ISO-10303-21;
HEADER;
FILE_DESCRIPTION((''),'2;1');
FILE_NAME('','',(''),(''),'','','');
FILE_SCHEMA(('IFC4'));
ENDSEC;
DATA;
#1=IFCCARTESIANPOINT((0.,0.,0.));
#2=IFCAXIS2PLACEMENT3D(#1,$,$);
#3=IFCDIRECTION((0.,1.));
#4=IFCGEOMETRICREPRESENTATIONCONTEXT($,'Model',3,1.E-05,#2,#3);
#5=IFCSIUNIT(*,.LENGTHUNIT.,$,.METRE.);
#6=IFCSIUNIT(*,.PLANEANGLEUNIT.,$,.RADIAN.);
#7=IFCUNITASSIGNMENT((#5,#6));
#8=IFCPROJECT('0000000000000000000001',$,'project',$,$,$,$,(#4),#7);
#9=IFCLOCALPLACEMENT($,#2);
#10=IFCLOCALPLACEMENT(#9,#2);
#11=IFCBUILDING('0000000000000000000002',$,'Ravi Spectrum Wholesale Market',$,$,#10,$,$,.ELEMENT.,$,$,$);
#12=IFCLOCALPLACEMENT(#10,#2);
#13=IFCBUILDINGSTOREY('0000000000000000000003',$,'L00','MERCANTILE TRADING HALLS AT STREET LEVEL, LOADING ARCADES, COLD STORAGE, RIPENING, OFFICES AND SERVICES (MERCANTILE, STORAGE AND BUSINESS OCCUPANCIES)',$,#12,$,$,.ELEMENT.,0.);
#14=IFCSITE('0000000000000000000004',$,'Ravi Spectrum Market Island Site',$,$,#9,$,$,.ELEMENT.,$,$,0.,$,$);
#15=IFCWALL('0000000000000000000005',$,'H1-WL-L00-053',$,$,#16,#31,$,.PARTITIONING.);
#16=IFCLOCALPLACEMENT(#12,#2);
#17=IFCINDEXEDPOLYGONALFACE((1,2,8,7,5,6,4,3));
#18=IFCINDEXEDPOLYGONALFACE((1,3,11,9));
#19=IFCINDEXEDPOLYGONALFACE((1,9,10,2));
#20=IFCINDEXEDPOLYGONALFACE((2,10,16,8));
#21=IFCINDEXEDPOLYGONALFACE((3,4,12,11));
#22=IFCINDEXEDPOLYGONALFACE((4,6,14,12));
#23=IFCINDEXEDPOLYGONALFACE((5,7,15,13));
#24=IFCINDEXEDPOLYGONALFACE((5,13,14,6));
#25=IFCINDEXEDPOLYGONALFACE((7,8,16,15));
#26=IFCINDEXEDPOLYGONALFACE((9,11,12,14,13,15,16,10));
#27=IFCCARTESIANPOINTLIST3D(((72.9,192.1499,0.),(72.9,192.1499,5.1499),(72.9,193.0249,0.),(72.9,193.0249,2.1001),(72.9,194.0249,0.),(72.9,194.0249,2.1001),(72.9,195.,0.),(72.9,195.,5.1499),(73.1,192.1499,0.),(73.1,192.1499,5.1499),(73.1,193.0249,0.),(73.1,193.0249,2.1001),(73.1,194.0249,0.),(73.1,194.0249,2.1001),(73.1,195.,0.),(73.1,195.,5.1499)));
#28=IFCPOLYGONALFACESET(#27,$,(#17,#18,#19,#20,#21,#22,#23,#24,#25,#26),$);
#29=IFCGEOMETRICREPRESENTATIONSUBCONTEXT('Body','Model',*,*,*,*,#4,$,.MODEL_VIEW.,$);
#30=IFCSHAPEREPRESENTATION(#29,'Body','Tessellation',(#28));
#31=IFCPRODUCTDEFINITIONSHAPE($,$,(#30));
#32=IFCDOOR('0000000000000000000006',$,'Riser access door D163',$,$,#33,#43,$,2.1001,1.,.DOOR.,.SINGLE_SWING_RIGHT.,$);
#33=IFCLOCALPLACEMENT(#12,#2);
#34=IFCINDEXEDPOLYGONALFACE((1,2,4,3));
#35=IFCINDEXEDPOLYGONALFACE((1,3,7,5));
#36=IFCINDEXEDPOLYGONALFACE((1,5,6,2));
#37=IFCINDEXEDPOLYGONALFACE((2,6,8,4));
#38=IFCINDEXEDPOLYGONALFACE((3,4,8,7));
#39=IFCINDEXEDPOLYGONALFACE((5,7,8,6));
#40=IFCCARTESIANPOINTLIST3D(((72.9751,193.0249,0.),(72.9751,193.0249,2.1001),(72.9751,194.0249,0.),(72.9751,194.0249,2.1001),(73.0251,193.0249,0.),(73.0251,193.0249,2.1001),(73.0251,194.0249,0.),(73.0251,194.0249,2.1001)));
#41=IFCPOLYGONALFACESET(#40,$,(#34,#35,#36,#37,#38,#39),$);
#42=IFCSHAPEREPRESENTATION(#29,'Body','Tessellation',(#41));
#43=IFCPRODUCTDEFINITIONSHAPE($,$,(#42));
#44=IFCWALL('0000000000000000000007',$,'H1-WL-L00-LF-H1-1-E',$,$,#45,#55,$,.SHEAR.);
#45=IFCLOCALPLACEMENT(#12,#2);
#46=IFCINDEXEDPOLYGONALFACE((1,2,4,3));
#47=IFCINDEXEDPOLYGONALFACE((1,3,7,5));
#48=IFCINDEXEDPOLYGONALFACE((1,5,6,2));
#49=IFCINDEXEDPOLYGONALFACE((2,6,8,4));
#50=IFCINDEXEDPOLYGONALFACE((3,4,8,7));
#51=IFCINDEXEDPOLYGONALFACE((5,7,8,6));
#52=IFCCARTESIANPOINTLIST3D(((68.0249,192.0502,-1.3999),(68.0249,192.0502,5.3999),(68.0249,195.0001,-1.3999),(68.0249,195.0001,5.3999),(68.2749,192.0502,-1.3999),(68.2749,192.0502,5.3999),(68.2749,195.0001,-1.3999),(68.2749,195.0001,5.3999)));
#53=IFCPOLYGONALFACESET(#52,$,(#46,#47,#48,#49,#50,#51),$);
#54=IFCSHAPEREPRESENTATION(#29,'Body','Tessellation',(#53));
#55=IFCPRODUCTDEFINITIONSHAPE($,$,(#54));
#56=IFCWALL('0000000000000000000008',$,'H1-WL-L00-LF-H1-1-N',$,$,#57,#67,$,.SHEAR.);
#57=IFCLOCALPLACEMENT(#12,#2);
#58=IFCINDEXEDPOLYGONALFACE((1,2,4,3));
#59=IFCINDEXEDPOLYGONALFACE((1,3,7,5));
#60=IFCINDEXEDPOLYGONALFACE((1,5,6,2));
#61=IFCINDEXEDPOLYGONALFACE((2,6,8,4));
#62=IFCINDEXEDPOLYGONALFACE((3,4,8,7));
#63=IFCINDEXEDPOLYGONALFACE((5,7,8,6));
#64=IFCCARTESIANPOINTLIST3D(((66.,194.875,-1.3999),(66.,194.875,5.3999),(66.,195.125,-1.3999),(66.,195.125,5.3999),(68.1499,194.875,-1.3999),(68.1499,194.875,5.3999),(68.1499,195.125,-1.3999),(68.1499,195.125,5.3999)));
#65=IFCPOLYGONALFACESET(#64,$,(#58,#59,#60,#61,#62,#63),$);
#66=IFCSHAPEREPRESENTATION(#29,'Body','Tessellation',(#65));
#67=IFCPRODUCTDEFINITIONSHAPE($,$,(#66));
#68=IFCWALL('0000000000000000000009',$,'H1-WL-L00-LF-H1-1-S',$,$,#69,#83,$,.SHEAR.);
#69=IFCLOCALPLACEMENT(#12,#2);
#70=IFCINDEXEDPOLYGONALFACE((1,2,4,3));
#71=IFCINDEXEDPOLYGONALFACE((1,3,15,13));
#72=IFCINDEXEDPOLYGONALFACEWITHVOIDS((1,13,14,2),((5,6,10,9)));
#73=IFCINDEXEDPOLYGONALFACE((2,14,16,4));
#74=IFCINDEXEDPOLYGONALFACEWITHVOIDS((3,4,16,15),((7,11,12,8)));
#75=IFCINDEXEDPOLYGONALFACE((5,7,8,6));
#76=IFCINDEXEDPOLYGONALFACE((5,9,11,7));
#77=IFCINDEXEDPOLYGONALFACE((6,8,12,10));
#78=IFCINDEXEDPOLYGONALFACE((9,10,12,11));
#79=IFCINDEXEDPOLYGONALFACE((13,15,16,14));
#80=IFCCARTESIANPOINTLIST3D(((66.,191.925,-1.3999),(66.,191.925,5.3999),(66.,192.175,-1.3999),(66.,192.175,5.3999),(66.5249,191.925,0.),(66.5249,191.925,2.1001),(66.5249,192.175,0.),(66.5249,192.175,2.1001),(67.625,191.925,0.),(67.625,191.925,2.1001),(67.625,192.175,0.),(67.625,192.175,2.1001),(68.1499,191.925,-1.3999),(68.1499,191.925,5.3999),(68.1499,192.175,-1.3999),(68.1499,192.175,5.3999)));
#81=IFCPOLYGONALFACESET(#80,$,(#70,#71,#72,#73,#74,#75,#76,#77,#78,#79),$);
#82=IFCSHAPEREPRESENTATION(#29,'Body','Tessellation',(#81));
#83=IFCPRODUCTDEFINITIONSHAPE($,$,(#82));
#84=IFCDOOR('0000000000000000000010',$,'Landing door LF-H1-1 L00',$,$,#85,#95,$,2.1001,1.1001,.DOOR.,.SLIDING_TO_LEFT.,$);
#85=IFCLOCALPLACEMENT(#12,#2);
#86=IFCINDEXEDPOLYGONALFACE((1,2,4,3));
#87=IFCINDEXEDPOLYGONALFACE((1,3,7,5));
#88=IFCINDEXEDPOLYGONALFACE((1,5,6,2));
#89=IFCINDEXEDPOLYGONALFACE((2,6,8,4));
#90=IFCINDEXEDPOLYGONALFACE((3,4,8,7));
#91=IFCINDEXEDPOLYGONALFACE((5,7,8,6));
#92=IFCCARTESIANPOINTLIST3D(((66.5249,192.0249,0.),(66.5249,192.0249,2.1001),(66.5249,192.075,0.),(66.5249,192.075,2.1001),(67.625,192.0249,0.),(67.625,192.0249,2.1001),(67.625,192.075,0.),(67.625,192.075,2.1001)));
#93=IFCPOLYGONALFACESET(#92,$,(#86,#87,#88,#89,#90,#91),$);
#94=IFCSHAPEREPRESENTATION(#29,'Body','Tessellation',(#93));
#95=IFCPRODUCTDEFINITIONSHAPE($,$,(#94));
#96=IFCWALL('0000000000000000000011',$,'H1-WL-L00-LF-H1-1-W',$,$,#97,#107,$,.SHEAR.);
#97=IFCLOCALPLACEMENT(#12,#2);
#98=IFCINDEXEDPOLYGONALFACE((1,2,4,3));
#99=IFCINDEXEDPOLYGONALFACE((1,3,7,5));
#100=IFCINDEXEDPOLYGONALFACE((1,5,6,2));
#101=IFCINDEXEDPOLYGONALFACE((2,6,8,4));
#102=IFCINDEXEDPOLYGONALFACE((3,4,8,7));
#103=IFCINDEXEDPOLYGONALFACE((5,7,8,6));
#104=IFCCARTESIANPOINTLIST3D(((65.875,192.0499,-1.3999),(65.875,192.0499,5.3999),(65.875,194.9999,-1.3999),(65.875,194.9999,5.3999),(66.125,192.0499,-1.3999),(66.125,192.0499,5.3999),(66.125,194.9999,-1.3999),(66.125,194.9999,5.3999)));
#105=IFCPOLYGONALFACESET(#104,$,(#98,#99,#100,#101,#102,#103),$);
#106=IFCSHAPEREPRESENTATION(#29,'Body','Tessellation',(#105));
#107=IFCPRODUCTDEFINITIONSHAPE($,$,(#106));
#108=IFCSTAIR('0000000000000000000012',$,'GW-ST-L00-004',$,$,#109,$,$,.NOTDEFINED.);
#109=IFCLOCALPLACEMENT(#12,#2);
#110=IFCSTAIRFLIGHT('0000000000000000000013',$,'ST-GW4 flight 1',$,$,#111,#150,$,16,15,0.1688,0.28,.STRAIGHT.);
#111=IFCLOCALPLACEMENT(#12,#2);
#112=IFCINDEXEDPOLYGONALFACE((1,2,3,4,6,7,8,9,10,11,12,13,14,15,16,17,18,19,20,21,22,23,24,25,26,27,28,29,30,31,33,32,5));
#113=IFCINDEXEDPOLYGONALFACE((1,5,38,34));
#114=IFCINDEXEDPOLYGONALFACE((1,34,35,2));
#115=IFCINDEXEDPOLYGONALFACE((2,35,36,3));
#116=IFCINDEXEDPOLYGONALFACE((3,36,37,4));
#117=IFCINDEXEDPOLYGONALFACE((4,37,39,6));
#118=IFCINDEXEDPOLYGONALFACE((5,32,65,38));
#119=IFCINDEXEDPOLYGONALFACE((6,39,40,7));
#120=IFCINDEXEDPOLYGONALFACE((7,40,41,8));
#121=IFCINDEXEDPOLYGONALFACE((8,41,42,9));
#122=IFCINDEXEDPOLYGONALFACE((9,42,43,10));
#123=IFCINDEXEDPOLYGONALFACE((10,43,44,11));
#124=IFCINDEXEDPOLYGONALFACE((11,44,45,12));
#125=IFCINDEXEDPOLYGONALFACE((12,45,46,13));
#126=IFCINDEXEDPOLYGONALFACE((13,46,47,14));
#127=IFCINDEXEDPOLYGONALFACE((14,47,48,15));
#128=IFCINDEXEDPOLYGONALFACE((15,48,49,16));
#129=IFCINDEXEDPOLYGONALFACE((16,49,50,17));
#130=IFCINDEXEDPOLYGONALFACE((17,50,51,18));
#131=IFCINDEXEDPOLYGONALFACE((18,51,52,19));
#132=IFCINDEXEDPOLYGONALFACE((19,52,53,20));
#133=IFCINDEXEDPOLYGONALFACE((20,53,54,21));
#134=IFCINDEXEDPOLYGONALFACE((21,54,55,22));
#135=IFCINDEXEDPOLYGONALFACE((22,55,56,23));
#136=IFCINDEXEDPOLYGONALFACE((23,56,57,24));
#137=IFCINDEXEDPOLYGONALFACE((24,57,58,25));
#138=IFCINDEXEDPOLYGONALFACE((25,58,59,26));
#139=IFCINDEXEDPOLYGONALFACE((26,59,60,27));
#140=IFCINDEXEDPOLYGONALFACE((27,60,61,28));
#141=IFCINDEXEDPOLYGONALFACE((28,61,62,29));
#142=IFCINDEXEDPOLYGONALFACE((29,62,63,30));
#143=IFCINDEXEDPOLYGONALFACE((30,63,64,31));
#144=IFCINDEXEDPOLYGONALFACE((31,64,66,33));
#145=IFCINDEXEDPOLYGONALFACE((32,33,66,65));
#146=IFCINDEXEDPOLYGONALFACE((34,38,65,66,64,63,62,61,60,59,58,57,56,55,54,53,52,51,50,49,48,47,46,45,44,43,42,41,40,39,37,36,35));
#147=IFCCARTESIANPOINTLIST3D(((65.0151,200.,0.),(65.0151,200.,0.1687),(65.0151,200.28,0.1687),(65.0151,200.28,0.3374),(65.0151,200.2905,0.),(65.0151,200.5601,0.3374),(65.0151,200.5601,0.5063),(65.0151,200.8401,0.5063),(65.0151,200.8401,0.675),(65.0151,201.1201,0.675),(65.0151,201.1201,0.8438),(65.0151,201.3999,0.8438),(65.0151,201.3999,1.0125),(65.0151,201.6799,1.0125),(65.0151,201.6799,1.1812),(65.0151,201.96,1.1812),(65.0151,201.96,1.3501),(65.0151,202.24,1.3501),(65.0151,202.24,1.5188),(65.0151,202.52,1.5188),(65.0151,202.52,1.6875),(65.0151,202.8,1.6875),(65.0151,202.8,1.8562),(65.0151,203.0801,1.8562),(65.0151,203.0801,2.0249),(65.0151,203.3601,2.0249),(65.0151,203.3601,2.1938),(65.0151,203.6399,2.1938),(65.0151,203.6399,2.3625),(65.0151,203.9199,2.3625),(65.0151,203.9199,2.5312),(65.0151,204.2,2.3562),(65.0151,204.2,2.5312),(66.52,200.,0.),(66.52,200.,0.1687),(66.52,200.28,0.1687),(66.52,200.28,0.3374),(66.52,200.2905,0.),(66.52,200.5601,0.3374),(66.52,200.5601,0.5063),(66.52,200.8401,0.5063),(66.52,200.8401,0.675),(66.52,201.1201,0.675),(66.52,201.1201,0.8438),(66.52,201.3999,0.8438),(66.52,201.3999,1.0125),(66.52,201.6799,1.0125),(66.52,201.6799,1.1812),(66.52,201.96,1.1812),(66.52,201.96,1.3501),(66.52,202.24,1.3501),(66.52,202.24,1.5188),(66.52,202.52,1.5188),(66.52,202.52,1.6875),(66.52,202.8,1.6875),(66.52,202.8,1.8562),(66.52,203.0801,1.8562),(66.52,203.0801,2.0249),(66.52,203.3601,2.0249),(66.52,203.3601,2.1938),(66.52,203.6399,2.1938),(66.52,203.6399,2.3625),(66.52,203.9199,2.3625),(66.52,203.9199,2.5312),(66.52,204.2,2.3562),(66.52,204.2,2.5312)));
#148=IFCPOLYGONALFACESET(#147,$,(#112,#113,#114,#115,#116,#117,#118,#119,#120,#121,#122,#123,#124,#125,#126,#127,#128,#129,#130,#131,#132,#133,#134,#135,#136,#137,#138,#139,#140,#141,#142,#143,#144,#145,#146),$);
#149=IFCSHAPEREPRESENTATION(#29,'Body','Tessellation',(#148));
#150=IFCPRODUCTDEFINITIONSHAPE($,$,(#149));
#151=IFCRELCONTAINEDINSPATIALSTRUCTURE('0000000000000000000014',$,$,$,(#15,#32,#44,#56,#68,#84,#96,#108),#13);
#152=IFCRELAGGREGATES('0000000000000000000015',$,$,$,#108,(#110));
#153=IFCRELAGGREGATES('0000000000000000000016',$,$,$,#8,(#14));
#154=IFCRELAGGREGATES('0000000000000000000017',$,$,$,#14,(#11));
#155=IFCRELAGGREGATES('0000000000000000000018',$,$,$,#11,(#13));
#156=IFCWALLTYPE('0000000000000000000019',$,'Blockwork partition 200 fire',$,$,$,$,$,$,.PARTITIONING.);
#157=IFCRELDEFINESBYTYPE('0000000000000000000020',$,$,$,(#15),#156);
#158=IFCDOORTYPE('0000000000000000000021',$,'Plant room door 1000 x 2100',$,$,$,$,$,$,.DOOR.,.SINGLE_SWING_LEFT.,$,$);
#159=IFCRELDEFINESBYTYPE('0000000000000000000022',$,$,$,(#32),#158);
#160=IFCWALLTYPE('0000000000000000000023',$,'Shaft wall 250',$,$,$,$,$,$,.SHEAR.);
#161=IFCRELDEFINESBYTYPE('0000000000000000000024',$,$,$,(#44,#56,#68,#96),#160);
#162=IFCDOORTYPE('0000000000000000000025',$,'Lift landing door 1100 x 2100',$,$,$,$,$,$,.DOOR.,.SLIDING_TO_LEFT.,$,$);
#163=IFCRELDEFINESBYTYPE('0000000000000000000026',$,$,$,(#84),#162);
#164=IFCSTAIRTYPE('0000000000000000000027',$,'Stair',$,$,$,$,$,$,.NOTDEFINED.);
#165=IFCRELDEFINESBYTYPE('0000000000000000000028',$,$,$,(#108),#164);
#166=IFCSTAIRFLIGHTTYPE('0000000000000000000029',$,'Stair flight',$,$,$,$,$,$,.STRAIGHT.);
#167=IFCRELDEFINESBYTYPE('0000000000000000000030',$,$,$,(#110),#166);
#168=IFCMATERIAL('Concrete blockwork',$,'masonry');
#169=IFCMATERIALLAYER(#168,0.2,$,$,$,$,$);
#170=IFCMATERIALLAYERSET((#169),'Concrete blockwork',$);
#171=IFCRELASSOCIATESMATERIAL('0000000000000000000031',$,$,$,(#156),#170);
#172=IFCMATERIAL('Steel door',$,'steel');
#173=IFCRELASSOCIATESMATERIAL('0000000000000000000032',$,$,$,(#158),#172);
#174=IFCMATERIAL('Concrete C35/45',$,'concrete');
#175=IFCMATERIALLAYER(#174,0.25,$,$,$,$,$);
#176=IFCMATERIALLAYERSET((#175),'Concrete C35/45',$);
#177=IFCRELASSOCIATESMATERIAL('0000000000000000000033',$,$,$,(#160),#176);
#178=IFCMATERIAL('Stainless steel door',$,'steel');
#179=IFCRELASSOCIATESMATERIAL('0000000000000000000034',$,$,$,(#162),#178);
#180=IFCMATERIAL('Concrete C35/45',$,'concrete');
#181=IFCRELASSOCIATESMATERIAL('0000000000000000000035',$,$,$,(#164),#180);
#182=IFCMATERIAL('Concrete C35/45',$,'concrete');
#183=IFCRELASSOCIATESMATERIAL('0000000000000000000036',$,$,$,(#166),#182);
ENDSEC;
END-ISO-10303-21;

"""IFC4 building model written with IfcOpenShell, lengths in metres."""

from ifc_helpers import new_model, si_unit, direction, frame, frame_2d, origin, place, context, subcontext, project, spatial, polyline, rectangle, outline, extrude, material, layer, layer_set, type_object, element, fill, aggregate, save


model = new_model("IFC4")

# Units and contexts
model_context = context("Model", 3, precision=1e-05, world=origin(), true_north=direction((0.0, 1.0)))
body_context = subcontext(model_context, "Body", "Model", "MODEL_VIEW")
ifc_project = project(units=[si_unit("LENGTHUNIT", "METRE"), si_unit("PLANEANGLEUNIT", "RADIAN")], contexts=[model_context])

# Site, building, storey
site_placement = place(None, origin())
site = spatial("IfcSite", under=ifc_project, at=site_placement, Name="Ravi Spectrum Market Island Site", CompositionType="ELEMENT", RefElevation=0.0)
building_placement = place(site_placement, origin())
building = spatial("IfcBuilding", under=site, at=building_placement, Name="Ravi Spectrum Wholesale Market", CompositionType="ELEMENT")
storey_placement = place(building_placement, origin())
storey = spatial("IfcBuildingStorey", under=building, at=storey_placement, Name="L00", Description="MERCANTILE TRADING HALLS AT STREET LEVEL, LOADING ARCADES, COLD STORAGE, RIPENING, OFFICES AND SERVICES (MERCANTILE, STORAGE AND BUSINESS OCCUPANCIES)", CompositionType="ELEMENT", Elevation=0.0)

# Shared definitions
ifc_material_1 = material(Name="Concrete blockwork", Category="masonry")
ifc_layer_1 = layer(ifc_material_1, 0.2)
ifc_layer_set_1 = layer_set([ifc_layer_1], Name="Concrete blockwork")
wall_type_1 = type_object("IfcWallType", Name="Blockwork partition 200 fire", PredefinedType="PARTITIONING", material=ifc_layer_set_1)

# Wall, opening, door
wall_1_placement = place(storey_placement, frame((73.0, 192.1499, 0.0), z_axis=(0.0, 0.0, 1.0), x_axis=(0.0, 1.0, 0.0)))
wall_1 = element("IfcWall", 1, at=wall_1_placement, inside=storey, type_object=wall_type_1, Name="H1-WL-L00-053", PredefinedType="PARTITIONING", context=body_context, shape_type="SweptSolid", body=[
    extrude(rectangle(XDim=2.8501, YDim=0.2, at=frame_2d((1.425, 0.0))), origin(), (0.0, 0.0, 1.0), 5.1499),
])
opening_1_placement = place(wall_1_placement, frame((0.875, 0.0, 0.0)))
opening_1 = element("IfcOpeningElement", 2, at=opening_1_placement, cuts=wall_1, PredefinedType="OPENING", context=body_context, shape_type="SweptSolid", body=[
    extrude(rectangle(XDim=1.0, YDim=2.1001, at=frame_2d((0.5, 1.05))), frame((0.0, 0.1099, 0.0), z_axis=(0.0, -1.0, 0.0), x_axis=(1.0, 0.0, 0.0)), (0.0, 0.0, 1.0), 0.22),
])
ifc_material_2 = material(Name="Steel door", Category="steel")
door_type_1 = type_object("IfcDoorType", Name="Plant room door 1000 x 2100", OperationType="SINGLE_SWING_LEFT", PredefinedType="DOOR", material=ifc_material_2)
door_1_placement = place(opening_1_placement, origin())
door_1 = element("IfcDoor", 3, at=door_1_placement, inside=storey, type_object=door_type_1, Name="Riser access door D163", OperationType="SINGLE_SWING_RIGHT", OverallHeight=2.1001, OverallWidth=1.0, PredefinedType="DOOR", context=body_context, shape_type="SweptSolid", body=[
    extrude(rectangle(XDim=1.0, YDim=2.1001, at=frame_2d((0.5, 1.05))), frame((0.0, 0.0249, 0.0), z_axis=(0.0, -1.0, 0.0), x_axis=(1.0, 0.0, 0.0)), (0.0, 0.0, 1.0), 0.05),
])
fill(opening_1, door_1)

# Walls
ifc_material_3 = material(Name="Concrete C35/45", Category="concrete")
ifc_layer_2 = layer(ifc_material_3, 0.25)
ifc_layer_set_2 = layer_set([ifc_layer_2], Name="Concrete C35/45")
wall_type_2 = type_object("IfcWallType", Name="Shaft wall 250", PredefinedType="SHEAR", material=ifc_layer_set_2)
wall_2_placement = place(storey_placement, frame((68.1499, 192.05, -1.3999), z_axis=(0.0, 0.0, 1.0), x_axis=(0.0, 1.0, 0.0)))
element("IfcWall", 4, at=wall_2_placement, inside=storey, type_object=wall_type_2, Name="H1-WL-L00-LF-H1-1-E", PredefinedType="SHEAR", context=body_context, shape_type="SweptSolid", body=[
    extrude(rectangle(XDim=2.95, YDim=0.25, at=frame_2d((1.4751, 0.0))), origin(), (0.0, 0.0, 1.0), 6.7998),
])
wall_3_placement = place(storey_placement, frame((68.1499, 195.0, -1.3999), z_axis=(0.0, 0.0, 1.0), x_axis=(-1.0, 0.0, 0.0)))
element("IfcWall", 5, at=wall_3_placement, inside=storey, type_object=wall_type_2, Name="H1-WL-L00-LF-H1-1-N", PredefinedType="SHEAR", context=body_context, shape_type="SweptSolid", body=[
    extrude(rectangle(XDim=2.1499, YDim=0.25, at=frame_2d((1.075, 0.0))), origin(), (0.0, 0.0, 1.0), 6.7998),
])

# Wall, opening, door
wall_4_placement = place(storey_placement, frame((66.0, 192.05, -1.3999), z_axis=(0.0, 0.0, 1.0), x_axis=(1.0, 0.0, 0.0)))
wall_4 = element("IfcWall", 6, at=wall_4_placement, inside=storey, type_object=wall_type_2, Name="H1-WL-L00-LF-H1-1-S", PredefinedType="SHEAR", context=body_context, shape_type="SweptSolid", body=[
    extrude(rectangle(XDim=2.1499, YDim=0.25, at=frame_2d((1.075, 0.0))), origin(), (0.0, 0.0, 1.0), 6.7998),
])
opening_2_placement = place(wall_4_placement, frame((0.5249, 0.0, 1.3999)))
opening_2 = element("IfcOpeningElement", 7, at=opening_2_placement, cuts=wall_4, PredefinedType="OPENING", context=body_context, shape_type="SweptSolid", body=[
    extrude(rectangle(XDim=1.1001, YDim=2.1001, at=frame_2d((0.55, 1.05))), frame((0.0, 0.135, 0.0), z_axis=(0.0, -1.0, 0.0), x_axis=(1.0, 0.0, 0.0)), (0.0, 0.0, 1.0), 0.27),
])
ifc_material_4 = material(Name="Stainless steel door", Category="steel")
door_type_2 = type_object("IfcDoorType", Name="Lift landing door 1100 x 2100", OperationType="SLIDING_TO_LEFT", PredefinedType="DOOR", material=ifc_material_4)
door_2_placement = place(opening_2_placement, origin())
door_2 = element("IfcDoor", 8, at=door_2_placement, inside=storey, type_object=door_type_2, Name="Landing door LF-H1-1 L00", OperationType="SLIDING_TO_LEFT", OverallHeight=2.1001, OverallWidth=1.1001, PredefinedType="DOOR", context=body_context, shape_type="SweptSolid", body=[
    extrude(rectangle(XDim=1.1001, YDim=2.1001, at=frame_2d((0.55, 1.05))), frame((0.0, 0.0249, 0.0), z_axis=(0.0, -1.0, 0.0), x_axis=(1.0, 0.0, 0.0)), (0.0, 0.0, 1.0), 0.05),
])
fill(opening_2, door_2)

# Wall
wall_5_placement = place(storey_placement, frame((66.0, 195.0, -1.3999), z_axis=(0.0, 0.0, 1.0), x_axis=(0.0, -1.0, 0.0)))
element("IfcWall", 9, at=wall_5_placement, inside=storey, type_object=wall_type_2, Name="H1-WL-L00-LF-H1-1-W", PredefinedType="SHEAR", context=body_context, shape_type="SweptSolid", body=[
    extrude(rectangle(XDim=2.95, YDim=0.25, at=frame_2d((1.4751, 0.0))), origin(), (0.0, 0.0, 1.0), 6.7998),
])

# Stair, stair flight
ifc_material_5 = material(Name="Concrete C35/45", Category="concrete")
stair_type = type_object("IfcStairType", Name="Stair", PredefinedType="NOTDEFINED", material=ifc_material_5)
stair_1_placement = place(storey_placement, origin())
stair_1 = element("IfcStair", 10, at=stair_1_placement, inside=storey, type_object=stair_type, Name="GW-ST-L00-004", PredefinedType="NOTDEFINED")
ifc_material_6 = material(Name="Concrete C35/45", Category="concrete")
stair_flight_type = type_object("IfcStairFlightType", Name="Stair flight", PredefinedType="STRAIGHT", material=ifc_material_6)
stair_flight_1_placement = place(storey_placement, frame((65.7676, 200.0, 0.0), z_axis=(0.0, 0.0, 1.0), x_axis=(0.0, 1.0, 0.0)))
stair_flight_1 = element("IfcStairFlight", 11, at=stair_flight_1_placement, type_object=stair_flight_type, Name="ST-GW4 flight 1", NumberOfRisers=16, NumberOfTreads=15, PredefinedType="STRAIGHT", RiserHeight=0.1688, TreadLength=0.28, context=body_context, shape_type="SweptSolid", body=[
    extrude(outline(polyline([(0.0, 0.0), (0.0, 0.1687), (0.28, 0.1687), (0.28, 0.3374), (0.5601, 0.3374), (0.5601, 0.5063), (0.8401, 0.5063), (0.8401, 0.675), (1.1201, 0.675), (1.1201, 0.8438), (1.3999, 0.8438), (1.3999, 1.0125), (1.6799, 1.0125), (1.6799, 1.1812), (1.96, 1.1812), (1.96, 1.3501), (2.24, 1.3501), (2.24, 1.5188), (2.52, 1.5188), (2.52, 1.6875), (2.8, 1.6875), (2.8, 1.8562), (3.0801, 1.8562), (3.0801, 2.0249), (3.3601, 2.0249), (3.3601, 2.1938), (3.6399, 2.1938), (3.6399, 2.3625), (3.9199, 2.3625), (3.9199, 2.5312), (4.2, 2.5312), (4.2, 2.7), (4.2, 2.3562), (0.2905, 0.0), (0.0, 0.0)])), frame((0.0, 0.7524, 0.0), z_axis=(0.0, -1.0, 0.0), x_axis=(1.0, 0.0, 0.0)), (0.0, 0.0, 1.0), 1.5049),
])
aggregate(stair_1, [stair_flight_1])

save(model, "model.ifc")
